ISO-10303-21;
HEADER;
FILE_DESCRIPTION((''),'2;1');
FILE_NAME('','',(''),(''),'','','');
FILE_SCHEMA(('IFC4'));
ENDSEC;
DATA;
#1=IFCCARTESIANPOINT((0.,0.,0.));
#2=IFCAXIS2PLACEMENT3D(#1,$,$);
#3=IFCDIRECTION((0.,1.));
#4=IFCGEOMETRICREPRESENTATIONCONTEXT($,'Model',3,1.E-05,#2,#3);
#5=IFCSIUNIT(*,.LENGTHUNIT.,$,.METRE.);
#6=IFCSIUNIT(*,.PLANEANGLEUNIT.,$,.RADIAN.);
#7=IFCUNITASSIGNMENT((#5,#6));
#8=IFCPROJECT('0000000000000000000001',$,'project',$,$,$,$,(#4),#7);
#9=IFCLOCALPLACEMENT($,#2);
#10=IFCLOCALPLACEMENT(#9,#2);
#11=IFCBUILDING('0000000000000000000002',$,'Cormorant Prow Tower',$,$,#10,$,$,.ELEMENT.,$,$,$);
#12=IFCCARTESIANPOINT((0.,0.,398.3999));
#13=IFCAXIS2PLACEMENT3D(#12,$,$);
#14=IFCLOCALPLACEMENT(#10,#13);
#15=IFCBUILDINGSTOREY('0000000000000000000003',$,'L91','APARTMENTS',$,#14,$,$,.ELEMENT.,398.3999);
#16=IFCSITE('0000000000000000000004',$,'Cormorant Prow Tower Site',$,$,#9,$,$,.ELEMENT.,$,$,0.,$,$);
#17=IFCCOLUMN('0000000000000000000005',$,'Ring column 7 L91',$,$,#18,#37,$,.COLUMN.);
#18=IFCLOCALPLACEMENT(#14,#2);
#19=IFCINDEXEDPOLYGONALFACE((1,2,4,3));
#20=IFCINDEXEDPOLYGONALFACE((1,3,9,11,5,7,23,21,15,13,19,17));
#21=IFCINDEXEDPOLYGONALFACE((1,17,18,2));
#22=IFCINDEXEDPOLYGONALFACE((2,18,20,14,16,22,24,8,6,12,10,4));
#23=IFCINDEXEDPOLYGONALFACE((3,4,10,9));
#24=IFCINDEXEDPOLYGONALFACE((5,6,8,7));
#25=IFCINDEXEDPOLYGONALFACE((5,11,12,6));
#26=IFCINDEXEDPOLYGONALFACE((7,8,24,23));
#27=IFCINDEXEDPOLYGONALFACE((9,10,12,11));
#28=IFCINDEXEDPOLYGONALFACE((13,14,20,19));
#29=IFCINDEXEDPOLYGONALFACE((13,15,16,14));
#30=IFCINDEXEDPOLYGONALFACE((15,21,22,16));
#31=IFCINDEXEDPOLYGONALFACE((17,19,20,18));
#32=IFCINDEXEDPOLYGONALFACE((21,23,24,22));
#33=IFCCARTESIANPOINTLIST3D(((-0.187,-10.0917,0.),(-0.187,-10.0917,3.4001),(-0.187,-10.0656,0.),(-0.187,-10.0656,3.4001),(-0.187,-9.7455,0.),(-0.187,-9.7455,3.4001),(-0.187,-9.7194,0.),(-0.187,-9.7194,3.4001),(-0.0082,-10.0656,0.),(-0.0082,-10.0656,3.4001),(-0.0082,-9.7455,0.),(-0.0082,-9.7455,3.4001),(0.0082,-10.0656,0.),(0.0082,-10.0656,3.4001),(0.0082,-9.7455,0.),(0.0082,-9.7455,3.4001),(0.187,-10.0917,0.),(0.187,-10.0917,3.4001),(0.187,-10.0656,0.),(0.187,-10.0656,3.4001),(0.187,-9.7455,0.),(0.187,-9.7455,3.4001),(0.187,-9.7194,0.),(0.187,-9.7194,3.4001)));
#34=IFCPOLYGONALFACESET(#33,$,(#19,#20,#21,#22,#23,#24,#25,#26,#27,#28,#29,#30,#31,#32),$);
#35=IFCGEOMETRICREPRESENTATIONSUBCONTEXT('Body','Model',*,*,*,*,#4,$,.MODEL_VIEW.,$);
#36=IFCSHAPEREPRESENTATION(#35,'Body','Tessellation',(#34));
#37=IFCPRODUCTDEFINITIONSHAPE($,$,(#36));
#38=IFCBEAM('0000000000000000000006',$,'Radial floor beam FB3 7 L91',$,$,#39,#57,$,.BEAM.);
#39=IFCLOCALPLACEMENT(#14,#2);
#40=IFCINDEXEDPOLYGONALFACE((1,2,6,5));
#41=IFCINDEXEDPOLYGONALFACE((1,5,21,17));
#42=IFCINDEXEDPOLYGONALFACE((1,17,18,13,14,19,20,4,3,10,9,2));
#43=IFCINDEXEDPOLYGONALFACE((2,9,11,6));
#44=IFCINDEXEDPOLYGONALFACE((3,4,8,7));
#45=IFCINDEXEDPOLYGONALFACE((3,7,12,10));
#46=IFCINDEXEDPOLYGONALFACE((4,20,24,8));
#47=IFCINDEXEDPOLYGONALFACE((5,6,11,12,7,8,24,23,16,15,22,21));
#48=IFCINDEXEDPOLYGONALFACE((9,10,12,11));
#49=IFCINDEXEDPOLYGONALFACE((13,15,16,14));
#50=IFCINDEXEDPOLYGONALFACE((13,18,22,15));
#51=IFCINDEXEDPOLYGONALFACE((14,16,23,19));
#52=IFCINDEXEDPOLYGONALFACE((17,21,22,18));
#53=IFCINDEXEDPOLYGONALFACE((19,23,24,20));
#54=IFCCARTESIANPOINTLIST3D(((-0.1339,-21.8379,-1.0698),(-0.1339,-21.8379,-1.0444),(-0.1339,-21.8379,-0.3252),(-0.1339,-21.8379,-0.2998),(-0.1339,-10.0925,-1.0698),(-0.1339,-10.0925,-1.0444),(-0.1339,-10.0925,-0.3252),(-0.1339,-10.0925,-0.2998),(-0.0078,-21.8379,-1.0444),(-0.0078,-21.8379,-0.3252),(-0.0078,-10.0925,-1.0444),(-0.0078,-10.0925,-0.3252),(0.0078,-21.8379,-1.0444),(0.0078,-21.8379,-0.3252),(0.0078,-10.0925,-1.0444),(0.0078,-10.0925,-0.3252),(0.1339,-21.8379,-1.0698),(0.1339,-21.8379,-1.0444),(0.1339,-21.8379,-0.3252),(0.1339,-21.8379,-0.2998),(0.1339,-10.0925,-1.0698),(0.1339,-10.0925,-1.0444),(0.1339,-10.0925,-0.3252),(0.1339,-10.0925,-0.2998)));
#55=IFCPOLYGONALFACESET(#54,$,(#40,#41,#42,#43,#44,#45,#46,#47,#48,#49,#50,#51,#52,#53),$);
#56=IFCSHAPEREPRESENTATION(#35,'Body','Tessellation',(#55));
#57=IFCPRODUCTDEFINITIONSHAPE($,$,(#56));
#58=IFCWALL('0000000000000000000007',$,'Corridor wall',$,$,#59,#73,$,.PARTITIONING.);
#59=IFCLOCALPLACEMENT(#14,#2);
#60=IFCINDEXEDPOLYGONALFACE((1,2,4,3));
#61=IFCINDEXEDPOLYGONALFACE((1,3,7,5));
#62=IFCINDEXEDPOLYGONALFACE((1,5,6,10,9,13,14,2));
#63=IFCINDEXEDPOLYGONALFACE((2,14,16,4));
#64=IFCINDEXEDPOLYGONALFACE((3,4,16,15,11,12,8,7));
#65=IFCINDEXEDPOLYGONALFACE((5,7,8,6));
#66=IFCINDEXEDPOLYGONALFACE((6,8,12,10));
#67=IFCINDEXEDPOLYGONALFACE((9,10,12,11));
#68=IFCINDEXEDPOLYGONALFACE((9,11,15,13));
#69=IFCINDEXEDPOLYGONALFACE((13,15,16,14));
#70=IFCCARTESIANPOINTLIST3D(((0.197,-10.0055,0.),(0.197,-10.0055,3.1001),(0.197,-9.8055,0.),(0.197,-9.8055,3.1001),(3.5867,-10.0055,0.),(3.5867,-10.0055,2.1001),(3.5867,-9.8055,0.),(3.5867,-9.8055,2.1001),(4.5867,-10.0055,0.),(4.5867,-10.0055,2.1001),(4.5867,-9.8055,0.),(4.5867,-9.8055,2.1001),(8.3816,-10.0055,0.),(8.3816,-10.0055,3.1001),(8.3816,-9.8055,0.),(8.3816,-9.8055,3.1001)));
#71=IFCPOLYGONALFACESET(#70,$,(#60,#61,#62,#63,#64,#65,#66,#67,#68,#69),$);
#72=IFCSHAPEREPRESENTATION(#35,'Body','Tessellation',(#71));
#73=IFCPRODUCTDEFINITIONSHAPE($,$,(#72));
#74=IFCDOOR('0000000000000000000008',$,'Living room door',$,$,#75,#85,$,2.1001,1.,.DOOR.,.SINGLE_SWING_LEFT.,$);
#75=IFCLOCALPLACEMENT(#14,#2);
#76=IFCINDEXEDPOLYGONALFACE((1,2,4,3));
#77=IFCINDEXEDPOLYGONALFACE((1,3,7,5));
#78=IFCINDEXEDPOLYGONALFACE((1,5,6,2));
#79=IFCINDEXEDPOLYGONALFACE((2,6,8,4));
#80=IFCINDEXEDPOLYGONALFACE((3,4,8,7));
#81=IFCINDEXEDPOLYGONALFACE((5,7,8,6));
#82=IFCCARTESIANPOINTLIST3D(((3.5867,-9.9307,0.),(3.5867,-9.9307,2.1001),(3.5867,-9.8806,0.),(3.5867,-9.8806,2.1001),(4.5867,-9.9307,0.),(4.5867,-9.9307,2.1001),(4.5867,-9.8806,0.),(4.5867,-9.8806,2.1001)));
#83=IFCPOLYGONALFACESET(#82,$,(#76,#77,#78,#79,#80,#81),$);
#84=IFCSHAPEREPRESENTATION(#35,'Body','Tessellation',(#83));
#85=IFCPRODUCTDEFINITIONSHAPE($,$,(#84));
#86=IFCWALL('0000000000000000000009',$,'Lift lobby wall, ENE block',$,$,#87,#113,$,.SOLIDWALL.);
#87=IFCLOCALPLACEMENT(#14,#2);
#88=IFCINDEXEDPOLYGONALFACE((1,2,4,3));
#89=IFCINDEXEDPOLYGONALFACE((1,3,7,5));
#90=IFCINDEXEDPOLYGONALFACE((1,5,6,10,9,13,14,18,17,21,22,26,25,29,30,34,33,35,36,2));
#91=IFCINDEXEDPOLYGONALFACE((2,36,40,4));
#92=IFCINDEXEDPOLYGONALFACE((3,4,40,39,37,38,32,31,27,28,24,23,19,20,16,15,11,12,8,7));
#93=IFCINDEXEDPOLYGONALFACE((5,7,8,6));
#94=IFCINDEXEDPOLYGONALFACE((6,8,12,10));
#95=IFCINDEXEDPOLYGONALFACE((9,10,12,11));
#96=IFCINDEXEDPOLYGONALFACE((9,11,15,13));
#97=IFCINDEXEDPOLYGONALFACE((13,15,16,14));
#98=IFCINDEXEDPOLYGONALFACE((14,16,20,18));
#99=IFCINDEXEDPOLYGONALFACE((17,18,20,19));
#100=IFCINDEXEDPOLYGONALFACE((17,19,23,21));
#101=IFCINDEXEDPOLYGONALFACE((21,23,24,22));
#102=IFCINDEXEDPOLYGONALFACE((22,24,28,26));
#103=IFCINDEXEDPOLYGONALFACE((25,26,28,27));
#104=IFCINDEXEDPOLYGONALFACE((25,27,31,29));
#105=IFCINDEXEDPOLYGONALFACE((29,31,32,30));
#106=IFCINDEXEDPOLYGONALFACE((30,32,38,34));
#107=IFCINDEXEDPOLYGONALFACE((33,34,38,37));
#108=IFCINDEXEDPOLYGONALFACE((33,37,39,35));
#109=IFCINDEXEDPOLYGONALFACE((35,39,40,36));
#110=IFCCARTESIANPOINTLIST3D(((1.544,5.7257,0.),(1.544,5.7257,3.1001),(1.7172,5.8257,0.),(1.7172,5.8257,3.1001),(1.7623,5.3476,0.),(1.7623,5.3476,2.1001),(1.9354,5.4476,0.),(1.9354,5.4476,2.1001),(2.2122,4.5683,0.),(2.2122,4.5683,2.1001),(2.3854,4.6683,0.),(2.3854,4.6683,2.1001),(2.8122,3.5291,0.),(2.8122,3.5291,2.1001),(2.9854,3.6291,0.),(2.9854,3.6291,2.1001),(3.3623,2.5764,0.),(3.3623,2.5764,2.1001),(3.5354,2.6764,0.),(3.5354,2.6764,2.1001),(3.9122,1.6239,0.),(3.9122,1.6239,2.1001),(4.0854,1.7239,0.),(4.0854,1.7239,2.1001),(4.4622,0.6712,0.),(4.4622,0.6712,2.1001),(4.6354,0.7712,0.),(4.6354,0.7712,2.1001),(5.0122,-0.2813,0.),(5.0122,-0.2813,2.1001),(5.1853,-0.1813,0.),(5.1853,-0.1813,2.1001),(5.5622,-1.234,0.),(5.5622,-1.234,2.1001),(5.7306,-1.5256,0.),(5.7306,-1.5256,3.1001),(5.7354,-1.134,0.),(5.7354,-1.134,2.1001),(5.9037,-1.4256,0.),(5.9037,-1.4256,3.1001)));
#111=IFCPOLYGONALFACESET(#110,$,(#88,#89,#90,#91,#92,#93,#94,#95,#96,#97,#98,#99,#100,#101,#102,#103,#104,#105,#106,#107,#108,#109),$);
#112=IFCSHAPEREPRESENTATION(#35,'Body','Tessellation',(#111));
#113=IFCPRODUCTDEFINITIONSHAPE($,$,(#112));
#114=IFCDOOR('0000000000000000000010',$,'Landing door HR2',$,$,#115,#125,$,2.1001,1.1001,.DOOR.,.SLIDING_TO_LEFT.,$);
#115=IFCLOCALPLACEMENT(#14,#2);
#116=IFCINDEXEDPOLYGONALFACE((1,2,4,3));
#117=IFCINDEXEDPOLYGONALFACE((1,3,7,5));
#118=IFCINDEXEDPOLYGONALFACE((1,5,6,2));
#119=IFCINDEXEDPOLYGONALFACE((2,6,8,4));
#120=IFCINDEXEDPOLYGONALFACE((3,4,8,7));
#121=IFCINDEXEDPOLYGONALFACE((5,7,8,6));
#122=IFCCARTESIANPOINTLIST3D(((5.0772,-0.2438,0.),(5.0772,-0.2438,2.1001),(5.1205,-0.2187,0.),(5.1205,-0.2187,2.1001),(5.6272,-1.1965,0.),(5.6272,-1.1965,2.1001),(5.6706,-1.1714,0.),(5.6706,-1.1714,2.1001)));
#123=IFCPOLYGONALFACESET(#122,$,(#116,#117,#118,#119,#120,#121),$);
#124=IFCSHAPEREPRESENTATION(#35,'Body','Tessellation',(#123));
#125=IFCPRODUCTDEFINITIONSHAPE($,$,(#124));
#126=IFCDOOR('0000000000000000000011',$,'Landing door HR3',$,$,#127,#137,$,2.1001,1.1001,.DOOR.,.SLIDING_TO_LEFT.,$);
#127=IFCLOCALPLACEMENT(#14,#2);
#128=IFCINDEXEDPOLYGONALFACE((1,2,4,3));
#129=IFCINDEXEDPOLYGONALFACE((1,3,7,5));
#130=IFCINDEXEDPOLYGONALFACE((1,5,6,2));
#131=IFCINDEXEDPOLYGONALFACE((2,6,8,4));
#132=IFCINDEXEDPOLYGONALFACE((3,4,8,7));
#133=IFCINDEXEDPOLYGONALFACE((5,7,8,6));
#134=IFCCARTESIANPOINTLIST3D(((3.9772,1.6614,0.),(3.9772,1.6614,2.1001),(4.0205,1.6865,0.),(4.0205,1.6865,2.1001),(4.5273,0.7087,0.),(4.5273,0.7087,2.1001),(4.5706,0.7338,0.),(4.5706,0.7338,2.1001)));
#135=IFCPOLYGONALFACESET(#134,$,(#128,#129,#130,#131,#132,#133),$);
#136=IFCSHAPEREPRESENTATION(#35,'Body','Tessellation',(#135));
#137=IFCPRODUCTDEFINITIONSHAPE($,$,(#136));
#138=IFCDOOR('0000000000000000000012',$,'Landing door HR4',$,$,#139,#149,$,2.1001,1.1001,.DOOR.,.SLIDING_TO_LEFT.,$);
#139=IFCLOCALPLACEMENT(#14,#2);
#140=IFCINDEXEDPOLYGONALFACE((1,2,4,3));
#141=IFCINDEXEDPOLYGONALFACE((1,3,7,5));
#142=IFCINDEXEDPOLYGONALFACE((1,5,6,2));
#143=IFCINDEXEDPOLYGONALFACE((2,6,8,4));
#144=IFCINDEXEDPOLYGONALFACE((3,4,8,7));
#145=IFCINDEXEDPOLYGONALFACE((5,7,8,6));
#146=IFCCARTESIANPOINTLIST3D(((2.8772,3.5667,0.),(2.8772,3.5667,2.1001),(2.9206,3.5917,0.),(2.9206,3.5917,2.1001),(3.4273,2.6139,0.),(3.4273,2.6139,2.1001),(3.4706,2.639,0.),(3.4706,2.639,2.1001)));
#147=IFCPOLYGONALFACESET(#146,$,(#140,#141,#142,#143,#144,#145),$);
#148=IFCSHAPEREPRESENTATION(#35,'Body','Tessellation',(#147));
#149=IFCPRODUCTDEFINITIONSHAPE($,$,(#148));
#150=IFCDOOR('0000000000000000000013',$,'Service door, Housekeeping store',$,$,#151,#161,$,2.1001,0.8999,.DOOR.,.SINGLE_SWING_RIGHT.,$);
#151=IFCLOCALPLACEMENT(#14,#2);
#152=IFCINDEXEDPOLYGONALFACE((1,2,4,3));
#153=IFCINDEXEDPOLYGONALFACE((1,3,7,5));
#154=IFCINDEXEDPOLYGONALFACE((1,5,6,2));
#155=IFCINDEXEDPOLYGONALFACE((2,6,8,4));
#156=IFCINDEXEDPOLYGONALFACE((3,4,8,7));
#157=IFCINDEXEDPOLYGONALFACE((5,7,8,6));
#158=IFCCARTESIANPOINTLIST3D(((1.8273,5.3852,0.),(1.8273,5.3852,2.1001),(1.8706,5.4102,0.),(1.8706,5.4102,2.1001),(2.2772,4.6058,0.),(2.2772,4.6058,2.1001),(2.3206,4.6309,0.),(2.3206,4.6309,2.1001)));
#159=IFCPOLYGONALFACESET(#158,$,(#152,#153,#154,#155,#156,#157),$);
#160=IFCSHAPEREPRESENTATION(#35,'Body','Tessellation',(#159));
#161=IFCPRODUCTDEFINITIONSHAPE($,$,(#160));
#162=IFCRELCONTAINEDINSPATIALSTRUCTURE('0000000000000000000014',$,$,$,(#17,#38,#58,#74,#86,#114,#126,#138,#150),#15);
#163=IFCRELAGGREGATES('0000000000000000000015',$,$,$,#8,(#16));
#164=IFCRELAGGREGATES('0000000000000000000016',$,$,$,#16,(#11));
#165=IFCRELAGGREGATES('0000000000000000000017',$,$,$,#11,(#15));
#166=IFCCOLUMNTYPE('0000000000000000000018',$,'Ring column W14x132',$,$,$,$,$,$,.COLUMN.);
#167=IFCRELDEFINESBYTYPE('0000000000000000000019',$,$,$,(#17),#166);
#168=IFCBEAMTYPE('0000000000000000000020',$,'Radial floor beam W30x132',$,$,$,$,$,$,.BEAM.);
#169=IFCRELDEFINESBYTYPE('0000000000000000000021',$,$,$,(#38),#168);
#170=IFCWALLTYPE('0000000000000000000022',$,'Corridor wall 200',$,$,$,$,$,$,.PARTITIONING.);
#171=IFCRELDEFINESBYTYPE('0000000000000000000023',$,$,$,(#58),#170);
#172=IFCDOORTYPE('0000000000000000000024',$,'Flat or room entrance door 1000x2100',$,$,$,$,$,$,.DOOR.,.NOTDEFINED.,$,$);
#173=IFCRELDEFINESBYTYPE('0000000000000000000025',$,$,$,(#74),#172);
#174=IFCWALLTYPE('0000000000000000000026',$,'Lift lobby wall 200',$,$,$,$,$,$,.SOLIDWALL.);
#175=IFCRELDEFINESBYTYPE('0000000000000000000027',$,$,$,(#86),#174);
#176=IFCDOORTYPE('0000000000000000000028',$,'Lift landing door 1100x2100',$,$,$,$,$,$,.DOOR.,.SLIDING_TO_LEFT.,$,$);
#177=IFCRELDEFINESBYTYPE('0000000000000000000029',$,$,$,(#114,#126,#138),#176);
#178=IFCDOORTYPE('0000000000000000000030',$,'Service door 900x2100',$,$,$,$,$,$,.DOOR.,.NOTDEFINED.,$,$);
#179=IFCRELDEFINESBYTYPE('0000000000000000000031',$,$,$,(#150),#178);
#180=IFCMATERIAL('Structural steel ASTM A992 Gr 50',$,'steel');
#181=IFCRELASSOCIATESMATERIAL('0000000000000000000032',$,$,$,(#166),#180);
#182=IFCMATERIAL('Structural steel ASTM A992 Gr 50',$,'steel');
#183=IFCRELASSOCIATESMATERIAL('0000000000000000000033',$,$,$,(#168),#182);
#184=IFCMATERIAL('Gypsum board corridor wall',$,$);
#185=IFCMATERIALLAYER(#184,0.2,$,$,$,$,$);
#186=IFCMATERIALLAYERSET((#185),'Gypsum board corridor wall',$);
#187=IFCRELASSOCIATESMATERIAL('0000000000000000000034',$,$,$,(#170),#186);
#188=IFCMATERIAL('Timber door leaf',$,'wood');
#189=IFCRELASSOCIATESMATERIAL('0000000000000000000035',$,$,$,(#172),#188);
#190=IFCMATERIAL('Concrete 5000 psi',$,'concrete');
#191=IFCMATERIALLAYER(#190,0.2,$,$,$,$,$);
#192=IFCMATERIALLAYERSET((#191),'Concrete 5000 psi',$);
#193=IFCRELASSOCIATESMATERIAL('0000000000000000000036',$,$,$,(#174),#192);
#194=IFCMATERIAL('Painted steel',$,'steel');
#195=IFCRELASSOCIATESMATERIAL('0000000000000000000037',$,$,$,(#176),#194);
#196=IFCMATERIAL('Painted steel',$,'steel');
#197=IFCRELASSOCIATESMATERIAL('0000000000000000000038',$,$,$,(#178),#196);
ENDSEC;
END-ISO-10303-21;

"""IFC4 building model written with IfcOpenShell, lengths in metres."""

from ifc_helpers import new_model, si_unit, direction, frame, frame_2d, origin, origin_2d, place, context, subcontext, project, spatial, rectangle, i_section, extrude, material, layer, layer_set, material_profile, profile_set, type_object, element, fill, save


model = new_model("IFC4")

# Units and contexts
model_context = context("Model", 3, precision=1e-05, world=origin(), true_north=direction((0.0, 1.0)))
body_context = subcontext(model_context, "Body", "Model", "MODEL_VIEW")
ifc_project = project(units=[si_unit("LENGTHUNIT", "METRE"), si_unit("PLANEANGLEUNIT", "RADIAN")], contexts=[model_context])

# Site, building, storey
site_placement = place(None, origin())
site = spatial("IfcSite", under=ifc_project, at=site_placement, Name="Cormorant Prow Tower Site", CompositionType="ELEMENT", RefElevation=0.0)
building_placement = place(site_placement, origin())
building = spatial("IfcBuilding", under=site, at=building_placement, Name="Cormorant Prow Tower", CompositionType="ELEMENT")
storey_placement = place(building_placement, frame((0.0, 0.0, 398.3999)))
storey = spatial("IfcBuildingStorey", under=building, at=storey_placement, Name="L91", Description="APARTMENTS", CompositionType="ELEMENT", Elevation=398.3999)

# Column
ifc_material_1 = material(Name="Structural steel ASTM A992 Gr 50", Category="steel")
ifc_material_profile_1 = material_profile(ifc_material_1, i_section(OverallWidth=0.374, OverallDepth=0.3723, WebThickness=0.0164, FlangeThickness=0.0261, at=origin_2d()), Name="W14x132")
ifc_profile_set_1 = profile_set([ifc_material_profile_1], Name="Structural steel ASTM A992 Gr 50")
column_type = type_object("IfcColumnType", Name="Ring column W14x132", PredefinedType="COLUMN", material=ifc_profile_set_1)
column_placement = place(storey_placement, frame((0.0, -9.9055, 0.0), z_axis=(0.0, 0.0, 1.0), x_axis=(1.0, 0.0, 0.0)))
element("IfcColumn", 1, at=column_placement, inside=storey, type_object=column_type, Name="Ring column 7 L91", PredefinedType="COLUMN", context=body_context, shape_type="SweptSolid", body=[
    extrude(i_section(OverallWidth=0.374, OverallDepth=0.3723, WebThickness=0.0164, FlangeThickness=0.0261, at=origin_2d()), origin(), (0.0, 0.0, 1.0), 3.4001),
])

# Beam
ifc_material_2 = material(Name="Structural steel ASTM A992 Gr 50", Category="steel")
ifc_material_profile_2 = material_profile(ifc_material_2, i_section(OverallWidth=0.2678, OverallDepth=0.77, WebThickness=0.0156, FlangeThickness=0.0254, at=origin_2d()), Name="W30x132")
ifc_profile_set_2 = profile_set([ifc_material_profile_2], Name="Structural steel ASTM A992 Gr 50")
beam_type = type_object("IfcBeamType", Name="Radial floor beam W30x132", PredefinedType="BEAM", material=ifc_profile_set_2)
beam_placement = place(storey_placement, frame((0.0, -10.0925, -0.6848), z_axis=(0.0, -1.0, 0.0), x_axis=(1.0, 0.0, 0.0)))
element("IfcBeam", 2, at=beam_placement, inside=storey, type_object=beam_type, Name="Radial floor beam FB3 7 L91", PredefinedType="BEAM", context=body_context, shape_type="SweptSolid", body=[
    extrude(i_section(OverallWidth=0.2678, OverallDepth=0.77, WebThickness=0.0156, FlangeThickness=0.0254, at=origin_2d()), origin(), (0.0, 0.0, 1.0), 11.7454),
])

# Wall, opening, door
ifc_material_3 = material(Name="Gypsum board corridor wall")
ifc_layer_1 = layer(ifc_material_3, 0.2)
ifc_layer_set_1 = layer_set([ifc_layer_1], Name="Gypsum board corridor wall")
wall_type_1 = type_object("IfcWallType", Name="Corridor wall 200", PredefinedType="PARTITIONING", material=ifc_layer_set_1)
wall_1_placement = place(storey_placement, frame((0.197, -9.9055, 0.0), z_axis=(0.0, 0.0, 1.0), x_axis=(1.0, 0.0, 0.0)))
wall_1 = element("IfcWall", 3, at=wall_1_placement, inside=storey, type_object=wall_type_1, Name="Corridor wall", PredefinedType="PARTITIONING", context=body_context, shape_type="SweptSolid", body=[
    extrude(rectangle(XDim=8.1846, YDim=0.2, at=frame_2d((4.0923, 0.0))), origin(), (0.0, 0.0, 1.0), 3.1001),
])
opening_1_placement = place(wall_1_placement, frame((3.3896, 0.0, 0.0)))
opening_1 = element("IfcOpeningElement", 4, at=opening_1_placement, cuts=wall_1, PredefinedType="OPENING", context=body_context, shape_type="SweptSolid", body=[
    extrude(rectangle(XDim=1.0, YDim=2.1001, at=frame_2d((0.5, 1.05))), frame((0.0, 0.1099, 0.0), z_axis=(0.0, -1.0, 0.0), x_axis=(1.0, 0.0, 0.0)), (0.0, 0.0, 1.0), 0.22),
])
ifc_material_4 = material(Name="Timber door leaf", Category="wood")
door_type_1 = type_object("IfcDoorType", Name="Flat or room entrance door 1000x2100", OperationType="NOTDEFINED", PredefinedType="DOOR", material=ifc_material_4)
door_1_placement = place(opening_1_placement, origin())
door_1 = element("IfcDoor", 5, at=door_1_placement, inside=storey, type_object=door_type_1, Name="Living room door", OperationType="SINGLE_SWING_LEFT", OverallHeight=2.1001, OverallWidth=1.0, PredefinedType="DOOR", context=body_context, shape_type="SweptSolid", body=[
    extrude(rectangle(XDim=1.0, YDim=2.1001, at=frame_2d((0.5, 1.05))), frame((0.0, 0.0249, 0.0), z_axis=(0.0, -1.0, 0.0), x_axis=(1.0, 0.0, 0.0)), (0.0, 0.0, 1.0), 0.05),
])
fill(opening_1, door_1)

# Wall, openings, doors
ifc_material_5 = material(Name="Concrete 5000 psi", Category="concrete")
ifc_layer_2 = layer(ifc_material_5, 0.2)
ifc_layer_set_2 = layer_set([ifc_layer_2], Name="Concrete 5000 psi")
wall_type_2 = type_object("IfcWallType", Name="Lift lobby wall 200", PredefinedType="SOLIDWALL", material=ifc_layer_set_2)
wall_2_placement = place(storey_placement, frame((5.8171, -1.4756, 0.0), z_axis=(0.0, 0.0, 1.0), x_axis=(-0.500003, 0.866024, 0.0)))
wall_2 = element("IfcWall", 6, at=wall_2_placement, inside=storey, type_object=wall_type_2, Name="Lift lobby wall, ENE block", PredefinedType="SOLIDWALL", context=body_context, shape_type="SweptSolid", body=[
    extrude(rectangle(XDim=8.373, YDim=0.2, at=frame_2d((4.1865, 0.0))), origin(), (0.0, 0.0, 1.0), 3.1001),
])
opening_2_placement = place(wall_2_placement, frame((0.3367, 0.0, 0.0)))
opening_2 = element("IfcOpeningElement", 7, at=opening_2_placement, cuts=wall_2, PredefinedType="OPENING", context=body_context, shape_type="SweptSolid", body=[
    extrude(rectangle(XDim=1.1001, YDim=2.1001, at=frame_2d((0.55, 1.05))), frame((0.0, 0.1099, 0.0), z_axis=(0.0, -1.0, 0.0), x_axis=(1.0, 0.0, 0.0)), (0.0, 0.0, 1.0), 0.22),
])
opening_3_placement = place(wall_2_placement, frame((2.5366, 0.0, 0.0)))
opening_3 = element("IfcOpeningElement", 8, at=opening_3_placement, cuts=wall_2, PredefinedType="OPENING", context=body_context, shape_type="SweptSolid", body=[
    extrude(rectangle(XDim=1.1001, YDim=2.1001, at=frame_2d((0.55, 1.05))), frame((0.0, 0.1099, 0.0), z_axis=(0.0, -1.0, 0.0), x_axis=(1.0, 0.0, 0.0)), (0.0, 0.0, 1.0), 0.22),
])
opening_4_placement = place(wall_2_placement, frame((4.7366, 0.0, 0.0)))
opening_4 = element("IfcOpeningElement", 9, at=opening_4_placement, cuts=wall_2, PredefinedType="OPENING", context=body_context, shape_type="SweptSolid", body=[
    extrude(rectangle(XDim=1.1001, YDim=2.1001, at=frame_2d((0.55, 1.05))), frame((0.0, 0.1099, 0.0), z_axis=(0.0, -1.0, 0.0), x_axis=(1.0, 0.0, 0.0)), (0.0, 0.0, 1.0), 0.22),
])
opening_5_placement = place(wall_2_placement, frame((7.0366, 0.0, 0.0)))
opening_5 = element("IfcOpeningElement", 10, at=opening_5_placement, cuts=wall_2, PredefinedType="OPENING", context=body_context, shape_type="SweptSolid", body=[
    extrude(rectangle(XDim=0.8999, YDim=2.1001, at=frame_2d((0.45, 1.05))), frame((0.0, 0.1099, 0.0), z_axis=(0.0, -1.0, 0.0), x_axis=(1.0, 0.0, 0.0)), (0.0, 0.0, 1.0), 0.22),
])
ifc_material_6 = material(Name="Painted steel", Category="steel")
door_type_2 = type_object("IfcDoorType", Name="Lift landing door 1100x2100", OperationType="SLIDING_TO_LEFT", PredefinedType="DOOR", material=ifc_material_6)
door_2_placement = place(opening_2_placement, origin())
door_2 = element("IfcDoor", 11, at=door_2_placement, inside=storey, type_object=door_type_2, Name="Landing door HR2", OperationType="SLIDING_TO_LEFT", OverallHeight=2.1001, OverallWidth=1.1001, PredefinedType="DOOR", context=body_context, shape_type="SweptSolid", body=[
    extrude(rectangle(XDim=1.1001, YDim=2.1001, at=frame_2d((0.55, 1.05))), frame((0.0, 0.0249, 0.0), z_axis=(0.0, -1.0, 0.0), x_axis=(1.0, 0.0, 0.0)), (0.0, 0.0, 1.0), 0.05),
])
fill(opening_2, door_2)
door_3_placement = place(opening_3_placement, origin())
door_3 = element("IfcDoor", 12, at=door_3_placement, inside=storey, type_object=door_type_2, Name="Landing door HR3", OperationType="SLIDING_TO_LEFT", OverallHeight=2.1001, OverallWidth=1.1001, PredefinedType="DOOR", context=body_context, shape_type="SweptSolid", body=[
    extrude(rectangle(XDim=1.1001, YDim=2.1001, at=frame_2d((0.55, 1.05))), frame((0.0, 0.0249, 0.0), z_axis=(0.0, -1.0, 0.0), x_axis=(1.0, 0.0, 0.0)), (0.0, 0.0, 1.0), 0.05),
])
fill(opening_3, door_3)
door_4_placement = place(opening_4_placement, origin())
door_4 = element("IfcDoor", 13, at=door_4_placement, inside=storey, type_object=door_type_2, Name="Landing door HR4", OperationType="SLIDING_TO_LEFT", OverallHeight=2.1001, OverallWidth=1.1001, PredefinedType="DOOR", context=body_context, shape_type="SweptSolid", body=[
    extrude(rectangle(XDim=1.1001, YDim=2.1001, at=frame_2d((0.55, 1.05))), frame((0.0, 0.0249, 0.0), z_axis=(0.0, -1.0, 0.0), x_axis=(1.0, 0.0, 0.0)), (0.0, 0.0, 1.0), 0.05),
])
fill(opening_4, door_4)
ifc_material_7 = material(Name="Painted steel", Category="steel")
door_type_3 = type_object("IfcDoorType", Name="Service door 900x2100", OperationType="NOTDEFINED", PredefinedType="DOOR", material=ifc_material_7)
door_5_placement = place(opening_5_placement, origin())
door_5 = element("IfcDoor", 14, at=door_5_placement, inside=storey, type_object=door_type_3, Name="Service door, Housekeeping store", OperationType="SINGLE_SWING_RIGHT", OverallHeight=2.1001, OverallWidth=0.8999, PredefinedType="DOOR", context=body_context, shape_type="SweptSolid", body=[
    extrude(rectangle(XDim=0.8999, YDim=2.1001, at=frame_2d((0.45, 1.05))), frame((0.0, 0.0249, 0.0), z_axis=(0.0, -1.0, 0.0), x_axis=(1.0, 0.0, 0.0)), (0.0, 0.0, 1.0), 0.05),
])
fill(opening_5, door_5)

save(model, "model.ifc")
